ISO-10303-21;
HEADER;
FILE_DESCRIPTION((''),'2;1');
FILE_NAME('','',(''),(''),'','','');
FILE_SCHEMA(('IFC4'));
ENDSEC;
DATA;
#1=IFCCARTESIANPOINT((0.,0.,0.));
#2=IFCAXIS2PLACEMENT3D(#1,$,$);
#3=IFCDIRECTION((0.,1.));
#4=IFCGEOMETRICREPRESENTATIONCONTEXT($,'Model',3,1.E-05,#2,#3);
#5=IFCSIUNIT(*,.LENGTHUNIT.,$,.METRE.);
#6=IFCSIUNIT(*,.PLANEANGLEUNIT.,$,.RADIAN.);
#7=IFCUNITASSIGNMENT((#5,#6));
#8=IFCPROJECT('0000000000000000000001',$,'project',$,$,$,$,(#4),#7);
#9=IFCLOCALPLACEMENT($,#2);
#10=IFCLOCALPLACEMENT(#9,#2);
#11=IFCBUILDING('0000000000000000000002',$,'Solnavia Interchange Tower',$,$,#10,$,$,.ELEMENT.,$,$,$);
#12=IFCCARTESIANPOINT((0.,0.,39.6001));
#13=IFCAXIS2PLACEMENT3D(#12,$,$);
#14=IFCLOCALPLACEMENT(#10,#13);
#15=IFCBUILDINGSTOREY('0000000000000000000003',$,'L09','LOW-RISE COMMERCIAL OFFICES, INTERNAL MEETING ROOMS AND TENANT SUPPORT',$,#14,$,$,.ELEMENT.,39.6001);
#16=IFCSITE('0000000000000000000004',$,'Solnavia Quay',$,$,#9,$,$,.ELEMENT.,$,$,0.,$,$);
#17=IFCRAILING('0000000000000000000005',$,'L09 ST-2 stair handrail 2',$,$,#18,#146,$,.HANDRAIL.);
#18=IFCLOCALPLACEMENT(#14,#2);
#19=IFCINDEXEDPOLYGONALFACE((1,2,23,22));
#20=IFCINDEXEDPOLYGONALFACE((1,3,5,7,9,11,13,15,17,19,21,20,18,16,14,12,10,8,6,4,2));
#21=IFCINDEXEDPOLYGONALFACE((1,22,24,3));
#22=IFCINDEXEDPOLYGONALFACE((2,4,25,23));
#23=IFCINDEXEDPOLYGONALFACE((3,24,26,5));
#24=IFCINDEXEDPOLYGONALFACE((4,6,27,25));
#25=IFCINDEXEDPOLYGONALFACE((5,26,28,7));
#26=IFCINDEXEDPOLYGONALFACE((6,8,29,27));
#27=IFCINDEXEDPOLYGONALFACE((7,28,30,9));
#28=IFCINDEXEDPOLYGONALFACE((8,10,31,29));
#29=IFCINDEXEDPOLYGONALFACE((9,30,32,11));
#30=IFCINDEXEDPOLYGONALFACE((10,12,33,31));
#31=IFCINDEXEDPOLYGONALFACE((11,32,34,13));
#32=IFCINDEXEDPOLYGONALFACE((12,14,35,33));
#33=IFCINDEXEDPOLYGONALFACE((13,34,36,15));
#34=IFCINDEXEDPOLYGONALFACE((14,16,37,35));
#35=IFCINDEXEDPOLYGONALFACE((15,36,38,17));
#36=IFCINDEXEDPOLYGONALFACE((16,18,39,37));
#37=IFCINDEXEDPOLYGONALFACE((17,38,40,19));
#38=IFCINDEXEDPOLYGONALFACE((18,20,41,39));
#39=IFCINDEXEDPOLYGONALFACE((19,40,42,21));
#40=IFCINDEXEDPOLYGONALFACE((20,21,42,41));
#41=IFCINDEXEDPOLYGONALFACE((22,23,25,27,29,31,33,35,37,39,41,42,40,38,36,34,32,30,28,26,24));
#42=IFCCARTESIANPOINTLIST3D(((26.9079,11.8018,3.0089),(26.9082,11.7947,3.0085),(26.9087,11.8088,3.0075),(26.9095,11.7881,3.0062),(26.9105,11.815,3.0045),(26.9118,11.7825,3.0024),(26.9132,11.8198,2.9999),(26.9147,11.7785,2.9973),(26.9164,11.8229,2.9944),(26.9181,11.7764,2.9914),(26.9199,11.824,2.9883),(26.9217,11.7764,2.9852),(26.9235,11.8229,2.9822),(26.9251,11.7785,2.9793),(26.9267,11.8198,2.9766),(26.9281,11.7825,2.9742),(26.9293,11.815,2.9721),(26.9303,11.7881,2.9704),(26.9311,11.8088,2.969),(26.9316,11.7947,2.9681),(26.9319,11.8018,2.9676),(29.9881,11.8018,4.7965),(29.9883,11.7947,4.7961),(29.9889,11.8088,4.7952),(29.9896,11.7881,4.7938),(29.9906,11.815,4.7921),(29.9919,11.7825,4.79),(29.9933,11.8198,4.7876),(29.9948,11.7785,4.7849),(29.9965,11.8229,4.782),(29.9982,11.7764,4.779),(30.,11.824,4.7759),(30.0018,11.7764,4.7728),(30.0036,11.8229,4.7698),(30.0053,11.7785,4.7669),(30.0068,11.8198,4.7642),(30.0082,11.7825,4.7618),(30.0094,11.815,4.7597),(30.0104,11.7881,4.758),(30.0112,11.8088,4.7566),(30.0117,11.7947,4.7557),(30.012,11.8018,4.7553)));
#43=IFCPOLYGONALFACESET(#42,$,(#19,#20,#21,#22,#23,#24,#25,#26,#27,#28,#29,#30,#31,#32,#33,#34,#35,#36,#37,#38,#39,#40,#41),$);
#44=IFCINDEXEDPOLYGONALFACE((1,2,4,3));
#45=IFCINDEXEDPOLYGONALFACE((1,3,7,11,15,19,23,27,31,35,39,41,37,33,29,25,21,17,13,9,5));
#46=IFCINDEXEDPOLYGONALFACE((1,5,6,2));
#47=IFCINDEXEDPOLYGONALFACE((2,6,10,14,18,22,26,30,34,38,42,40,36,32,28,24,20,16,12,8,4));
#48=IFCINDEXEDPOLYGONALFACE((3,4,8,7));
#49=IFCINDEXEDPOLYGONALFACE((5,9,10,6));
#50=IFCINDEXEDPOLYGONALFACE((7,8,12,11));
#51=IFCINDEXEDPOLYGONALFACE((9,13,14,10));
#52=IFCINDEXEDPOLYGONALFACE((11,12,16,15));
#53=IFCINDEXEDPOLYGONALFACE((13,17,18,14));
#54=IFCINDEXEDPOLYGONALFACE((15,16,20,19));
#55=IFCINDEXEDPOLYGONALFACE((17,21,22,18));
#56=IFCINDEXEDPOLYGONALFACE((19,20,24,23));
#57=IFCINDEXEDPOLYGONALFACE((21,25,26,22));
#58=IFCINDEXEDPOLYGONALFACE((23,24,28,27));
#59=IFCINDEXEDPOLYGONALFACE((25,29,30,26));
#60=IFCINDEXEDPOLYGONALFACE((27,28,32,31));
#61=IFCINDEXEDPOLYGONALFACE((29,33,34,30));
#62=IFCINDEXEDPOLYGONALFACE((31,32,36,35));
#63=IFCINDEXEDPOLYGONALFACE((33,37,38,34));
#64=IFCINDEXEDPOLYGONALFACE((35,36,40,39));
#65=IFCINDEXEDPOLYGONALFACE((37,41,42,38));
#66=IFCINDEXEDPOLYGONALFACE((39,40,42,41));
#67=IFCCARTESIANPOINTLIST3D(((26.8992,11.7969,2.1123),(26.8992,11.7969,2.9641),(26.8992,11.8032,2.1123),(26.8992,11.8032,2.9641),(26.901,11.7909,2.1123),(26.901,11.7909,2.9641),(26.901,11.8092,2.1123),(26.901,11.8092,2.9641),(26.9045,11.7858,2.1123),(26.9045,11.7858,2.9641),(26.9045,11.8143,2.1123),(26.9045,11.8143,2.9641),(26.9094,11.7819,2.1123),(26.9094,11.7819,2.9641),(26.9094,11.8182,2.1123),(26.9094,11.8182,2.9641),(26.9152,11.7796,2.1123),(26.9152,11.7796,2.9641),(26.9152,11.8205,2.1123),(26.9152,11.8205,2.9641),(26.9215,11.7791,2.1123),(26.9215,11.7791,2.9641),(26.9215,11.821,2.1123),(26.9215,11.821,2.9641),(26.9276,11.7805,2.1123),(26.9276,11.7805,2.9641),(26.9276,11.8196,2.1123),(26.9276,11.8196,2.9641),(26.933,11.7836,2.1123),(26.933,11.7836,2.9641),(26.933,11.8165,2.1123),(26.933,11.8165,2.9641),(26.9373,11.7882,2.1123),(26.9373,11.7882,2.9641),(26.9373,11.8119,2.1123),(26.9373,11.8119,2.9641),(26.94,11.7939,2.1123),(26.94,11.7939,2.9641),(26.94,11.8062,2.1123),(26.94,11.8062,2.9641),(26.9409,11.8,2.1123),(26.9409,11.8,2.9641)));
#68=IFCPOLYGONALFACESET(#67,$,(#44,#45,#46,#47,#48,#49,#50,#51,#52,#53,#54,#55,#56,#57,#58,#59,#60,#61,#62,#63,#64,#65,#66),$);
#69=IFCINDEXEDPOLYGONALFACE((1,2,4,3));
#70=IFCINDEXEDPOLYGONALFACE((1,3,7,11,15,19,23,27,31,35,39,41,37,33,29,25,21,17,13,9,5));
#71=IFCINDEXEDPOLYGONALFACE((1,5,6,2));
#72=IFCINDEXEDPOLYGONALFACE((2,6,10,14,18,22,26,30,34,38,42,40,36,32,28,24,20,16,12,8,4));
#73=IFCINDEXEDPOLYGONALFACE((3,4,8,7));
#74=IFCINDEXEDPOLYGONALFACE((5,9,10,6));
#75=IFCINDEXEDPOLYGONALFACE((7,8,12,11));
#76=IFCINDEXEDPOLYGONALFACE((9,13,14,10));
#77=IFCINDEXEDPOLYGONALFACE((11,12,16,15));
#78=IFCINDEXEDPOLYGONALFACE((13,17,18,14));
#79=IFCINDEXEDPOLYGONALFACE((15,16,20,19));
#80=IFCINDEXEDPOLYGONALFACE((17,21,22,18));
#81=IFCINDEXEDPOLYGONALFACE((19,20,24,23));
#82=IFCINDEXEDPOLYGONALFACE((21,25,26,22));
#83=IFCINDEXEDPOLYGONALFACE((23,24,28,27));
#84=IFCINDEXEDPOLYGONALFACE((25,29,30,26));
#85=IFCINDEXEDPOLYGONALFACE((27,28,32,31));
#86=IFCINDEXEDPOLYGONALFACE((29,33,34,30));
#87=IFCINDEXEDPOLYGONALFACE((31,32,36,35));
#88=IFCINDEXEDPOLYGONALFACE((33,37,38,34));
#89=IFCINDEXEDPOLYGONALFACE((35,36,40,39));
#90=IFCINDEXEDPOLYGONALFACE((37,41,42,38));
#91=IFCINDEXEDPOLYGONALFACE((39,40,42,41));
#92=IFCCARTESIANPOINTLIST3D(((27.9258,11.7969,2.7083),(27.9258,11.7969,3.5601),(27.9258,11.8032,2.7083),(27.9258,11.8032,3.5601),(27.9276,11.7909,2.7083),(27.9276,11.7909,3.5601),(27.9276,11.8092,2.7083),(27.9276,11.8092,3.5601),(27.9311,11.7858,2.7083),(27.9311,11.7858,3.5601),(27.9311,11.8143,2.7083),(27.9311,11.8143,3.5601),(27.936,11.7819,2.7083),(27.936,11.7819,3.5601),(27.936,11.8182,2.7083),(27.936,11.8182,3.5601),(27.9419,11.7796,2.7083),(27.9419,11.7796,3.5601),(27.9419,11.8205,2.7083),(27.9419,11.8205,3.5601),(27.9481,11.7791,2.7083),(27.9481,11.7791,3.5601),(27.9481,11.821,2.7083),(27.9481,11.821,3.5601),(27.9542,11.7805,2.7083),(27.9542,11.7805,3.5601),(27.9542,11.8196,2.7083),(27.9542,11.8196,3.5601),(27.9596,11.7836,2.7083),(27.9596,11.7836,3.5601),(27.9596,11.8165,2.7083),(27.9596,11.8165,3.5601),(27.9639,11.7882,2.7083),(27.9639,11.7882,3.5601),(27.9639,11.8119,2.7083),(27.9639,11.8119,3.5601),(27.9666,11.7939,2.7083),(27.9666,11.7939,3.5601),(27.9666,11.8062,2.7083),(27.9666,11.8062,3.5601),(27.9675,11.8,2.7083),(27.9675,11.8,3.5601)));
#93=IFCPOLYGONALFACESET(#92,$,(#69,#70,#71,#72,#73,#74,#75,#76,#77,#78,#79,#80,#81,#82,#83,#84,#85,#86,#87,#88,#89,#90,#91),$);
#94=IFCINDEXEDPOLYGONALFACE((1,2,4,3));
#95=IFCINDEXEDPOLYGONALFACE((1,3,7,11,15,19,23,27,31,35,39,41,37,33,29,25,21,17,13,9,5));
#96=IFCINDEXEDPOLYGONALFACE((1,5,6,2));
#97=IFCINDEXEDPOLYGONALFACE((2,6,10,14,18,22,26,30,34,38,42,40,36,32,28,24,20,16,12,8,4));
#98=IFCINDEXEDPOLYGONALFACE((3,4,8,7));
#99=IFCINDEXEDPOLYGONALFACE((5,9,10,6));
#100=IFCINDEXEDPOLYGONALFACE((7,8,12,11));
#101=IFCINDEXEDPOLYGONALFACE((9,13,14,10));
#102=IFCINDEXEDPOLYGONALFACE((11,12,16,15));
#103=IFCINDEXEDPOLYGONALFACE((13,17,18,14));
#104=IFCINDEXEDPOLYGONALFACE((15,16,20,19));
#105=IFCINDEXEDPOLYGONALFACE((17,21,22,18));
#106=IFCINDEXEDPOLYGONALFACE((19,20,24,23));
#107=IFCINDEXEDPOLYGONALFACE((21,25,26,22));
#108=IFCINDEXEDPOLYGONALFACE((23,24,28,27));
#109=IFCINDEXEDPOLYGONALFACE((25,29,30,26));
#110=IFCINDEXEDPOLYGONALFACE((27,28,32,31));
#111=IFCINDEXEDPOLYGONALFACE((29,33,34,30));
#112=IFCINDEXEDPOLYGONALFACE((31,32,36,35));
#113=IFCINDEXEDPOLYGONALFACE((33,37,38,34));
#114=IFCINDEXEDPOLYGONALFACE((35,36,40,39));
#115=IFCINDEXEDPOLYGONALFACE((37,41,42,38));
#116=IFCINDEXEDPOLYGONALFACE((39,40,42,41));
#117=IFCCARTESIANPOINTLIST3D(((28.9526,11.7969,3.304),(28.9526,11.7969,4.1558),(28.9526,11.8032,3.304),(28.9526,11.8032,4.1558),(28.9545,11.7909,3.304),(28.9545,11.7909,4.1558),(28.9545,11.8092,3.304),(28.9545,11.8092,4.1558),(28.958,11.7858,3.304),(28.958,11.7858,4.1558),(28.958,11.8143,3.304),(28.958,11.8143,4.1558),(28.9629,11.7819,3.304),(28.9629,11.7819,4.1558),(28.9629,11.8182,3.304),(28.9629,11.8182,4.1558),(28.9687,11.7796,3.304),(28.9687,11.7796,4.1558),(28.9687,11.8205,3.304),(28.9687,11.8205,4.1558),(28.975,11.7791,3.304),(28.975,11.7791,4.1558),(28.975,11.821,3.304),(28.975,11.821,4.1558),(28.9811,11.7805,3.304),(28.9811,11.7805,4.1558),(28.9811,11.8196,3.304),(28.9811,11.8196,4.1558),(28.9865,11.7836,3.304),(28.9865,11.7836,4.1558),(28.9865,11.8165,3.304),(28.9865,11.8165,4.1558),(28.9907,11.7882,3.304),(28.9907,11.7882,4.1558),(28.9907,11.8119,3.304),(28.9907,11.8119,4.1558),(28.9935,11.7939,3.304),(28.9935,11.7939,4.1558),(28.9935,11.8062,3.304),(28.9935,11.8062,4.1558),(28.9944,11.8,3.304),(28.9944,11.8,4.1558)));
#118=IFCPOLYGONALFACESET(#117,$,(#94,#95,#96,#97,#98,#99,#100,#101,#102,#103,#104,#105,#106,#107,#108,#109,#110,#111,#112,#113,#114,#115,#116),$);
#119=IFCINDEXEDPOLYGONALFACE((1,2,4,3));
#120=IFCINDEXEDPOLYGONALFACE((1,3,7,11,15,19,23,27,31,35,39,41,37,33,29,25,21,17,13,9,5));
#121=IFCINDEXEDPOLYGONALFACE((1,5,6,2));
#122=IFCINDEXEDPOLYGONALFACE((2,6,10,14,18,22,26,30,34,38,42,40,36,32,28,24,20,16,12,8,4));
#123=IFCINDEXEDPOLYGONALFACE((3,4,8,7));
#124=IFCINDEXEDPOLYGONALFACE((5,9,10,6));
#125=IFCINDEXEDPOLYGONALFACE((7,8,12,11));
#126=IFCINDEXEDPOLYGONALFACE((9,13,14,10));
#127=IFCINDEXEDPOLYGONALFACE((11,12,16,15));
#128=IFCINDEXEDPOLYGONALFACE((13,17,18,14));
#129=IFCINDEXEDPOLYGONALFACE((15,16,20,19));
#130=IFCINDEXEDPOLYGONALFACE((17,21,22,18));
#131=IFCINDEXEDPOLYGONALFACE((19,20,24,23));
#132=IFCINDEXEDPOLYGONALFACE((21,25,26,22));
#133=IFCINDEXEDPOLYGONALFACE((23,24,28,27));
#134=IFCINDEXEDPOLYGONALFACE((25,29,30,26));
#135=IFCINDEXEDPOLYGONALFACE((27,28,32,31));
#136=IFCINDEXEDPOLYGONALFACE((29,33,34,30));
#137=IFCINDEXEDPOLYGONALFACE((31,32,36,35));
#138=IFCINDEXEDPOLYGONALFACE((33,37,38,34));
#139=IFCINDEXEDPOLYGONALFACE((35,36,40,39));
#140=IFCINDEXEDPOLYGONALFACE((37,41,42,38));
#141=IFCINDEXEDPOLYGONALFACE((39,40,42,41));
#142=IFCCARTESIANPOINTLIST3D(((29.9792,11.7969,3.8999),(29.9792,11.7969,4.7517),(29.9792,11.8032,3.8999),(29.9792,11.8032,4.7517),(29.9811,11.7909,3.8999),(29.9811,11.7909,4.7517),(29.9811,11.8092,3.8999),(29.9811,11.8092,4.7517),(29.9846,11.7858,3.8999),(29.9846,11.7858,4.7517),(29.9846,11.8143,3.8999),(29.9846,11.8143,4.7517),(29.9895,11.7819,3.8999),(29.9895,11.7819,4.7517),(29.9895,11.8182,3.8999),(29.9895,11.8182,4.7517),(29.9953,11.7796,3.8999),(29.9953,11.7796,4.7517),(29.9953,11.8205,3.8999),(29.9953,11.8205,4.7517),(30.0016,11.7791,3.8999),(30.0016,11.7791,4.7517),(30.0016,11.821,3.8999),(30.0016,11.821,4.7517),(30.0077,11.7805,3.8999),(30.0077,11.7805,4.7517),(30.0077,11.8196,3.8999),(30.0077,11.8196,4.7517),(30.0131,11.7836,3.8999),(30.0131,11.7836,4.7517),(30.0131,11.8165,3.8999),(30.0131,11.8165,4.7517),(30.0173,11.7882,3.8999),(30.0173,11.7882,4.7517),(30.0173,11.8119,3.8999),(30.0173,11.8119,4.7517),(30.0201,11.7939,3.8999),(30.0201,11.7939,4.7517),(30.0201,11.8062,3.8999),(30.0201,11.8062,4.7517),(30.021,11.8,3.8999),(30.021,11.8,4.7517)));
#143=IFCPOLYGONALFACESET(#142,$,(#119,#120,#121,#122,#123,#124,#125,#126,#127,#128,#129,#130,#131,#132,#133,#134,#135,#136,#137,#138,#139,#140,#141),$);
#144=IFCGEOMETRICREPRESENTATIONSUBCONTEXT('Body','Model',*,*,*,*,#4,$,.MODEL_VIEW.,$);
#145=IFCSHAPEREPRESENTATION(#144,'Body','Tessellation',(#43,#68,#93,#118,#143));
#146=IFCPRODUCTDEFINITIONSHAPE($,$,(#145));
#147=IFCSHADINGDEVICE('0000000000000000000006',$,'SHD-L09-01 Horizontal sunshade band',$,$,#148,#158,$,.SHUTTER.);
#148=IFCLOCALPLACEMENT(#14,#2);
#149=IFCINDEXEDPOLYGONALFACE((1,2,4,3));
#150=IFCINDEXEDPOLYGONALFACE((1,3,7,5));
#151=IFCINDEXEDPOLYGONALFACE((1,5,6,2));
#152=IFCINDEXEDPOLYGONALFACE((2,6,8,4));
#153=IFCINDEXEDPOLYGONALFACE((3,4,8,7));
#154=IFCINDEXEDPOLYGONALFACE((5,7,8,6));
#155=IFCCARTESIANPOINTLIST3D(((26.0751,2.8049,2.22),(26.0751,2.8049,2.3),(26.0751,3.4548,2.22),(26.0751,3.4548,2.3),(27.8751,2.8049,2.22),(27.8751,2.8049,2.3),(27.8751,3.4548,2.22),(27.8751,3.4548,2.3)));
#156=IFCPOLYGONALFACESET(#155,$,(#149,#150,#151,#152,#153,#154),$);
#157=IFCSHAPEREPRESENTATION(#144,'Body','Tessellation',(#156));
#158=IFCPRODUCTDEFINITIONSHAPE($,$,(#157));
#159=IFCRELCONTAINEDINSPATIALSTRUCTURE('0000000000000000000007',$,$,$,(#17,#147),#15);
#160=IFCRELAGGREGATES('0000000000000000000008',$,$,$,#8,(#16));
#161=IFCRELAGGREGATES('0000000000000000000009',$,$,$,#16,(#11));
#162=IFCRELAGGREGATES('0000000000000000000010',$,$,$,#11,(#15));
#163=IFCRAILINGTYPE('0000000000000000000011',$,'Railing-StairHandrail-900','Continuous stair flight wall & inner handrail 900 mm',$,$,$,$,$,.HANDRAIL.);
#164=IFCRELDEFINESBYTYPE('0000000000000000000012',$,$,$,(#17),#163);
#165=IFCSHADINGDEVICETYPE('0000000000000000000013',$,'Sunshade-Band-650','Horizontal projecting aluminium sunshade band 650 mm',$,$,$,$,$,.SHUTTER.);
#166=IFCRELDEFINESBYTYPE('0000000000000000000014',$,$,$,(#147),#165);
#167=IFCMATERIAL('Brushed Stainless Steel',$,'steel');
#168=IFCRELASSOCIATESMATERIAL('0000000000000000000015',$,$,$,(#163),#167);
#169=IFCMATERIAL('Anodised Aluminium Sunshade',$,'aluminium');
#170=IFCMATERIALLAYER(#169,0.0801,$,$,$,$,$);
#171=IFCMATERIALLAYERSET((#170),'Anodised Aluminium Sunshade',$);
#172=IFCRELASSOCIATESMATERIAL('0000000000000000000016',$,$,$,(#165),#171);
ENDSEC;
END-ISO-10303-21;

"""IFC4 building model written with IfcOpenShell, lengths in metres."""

from ifc_helpers import new_model, si_unit, direction, frame, origin, origin_2d, place, context, subcontext, project, spatial, rectangle, circle, extrude, material, layer, layer_set, type_object, element, save


model = new_model("IFC4")

# Units and contexts
model_context = context("Model", 3, precision=1e-05, world=origin(), true_north=direction((0.0, 1.0)))
body_context = subcontext(model_context, "Body", "Model", "MODEL_VIEW")
ifc_project = project(units=[si_unit("LENGTHUNIT", "METRE"), si_unit("PLANEANGLEUNIT", "RADIAN")], contexts=[model_context])

# Site, building, storey
site_placement = place(None, origin())
site = spatial("IfcSite", under=ifc_project, at=site_placement, Name="Solnavia Quay", CompositionType="ELEMENT", RefElevation=0.0)
building_placement = place(site_placement, origin())
building = spatial("IfcBuilding", under=site, at=building_placement, Name="Solnavia Interchange Tower", CompositionType="ELEMENT")
storey_placement = place(building_placement, frame((0.0, 0.0, 39.6001)))
storey = spatial("IfcBuildingStorey", under=building, at=storey_placement, Name="L09", Description="LOW-RISE COMMERCIAL OFFICES, INTERNAL MEETING ROOMS AND TENANT SUPPORT", CompositionType="ELEMENT", Elevation=39.6001)

# Railing
ifc_material_1 = material(Name="Brushed Stainless Steel", Category="steel")
railing_type_1 = type_object("IfcRailingType", Name="Railing-StairHandrail-900", Description="Continuous stair flight wall & inner handrail 900 mm", PredefinedType="HANDRAIL", material=ifc_material_1)
railing_1_placement = place(storey_placement, frame((26.9199, 11.8, 2.1123)))
element("IfcRailing", 1, at=railing_1_placement, inside=storey, type_object=railing_type_1, Name="L09 ST-2 stair handrail 2", PredefinedType="HANDRAIL", context=body_context, shape_type="SweptSolid", body=[
    extrude(circle(Radius=0.0239, at=origin_2d()), frame((0.0, 0.0, 0.876), z_axis=(0.864891, 0.0, 0.50196), x_axis=(0.0, 1.0, 0.0)), (0.0, 0.0, 1.0), 3.5613),
    extrude(circle(Radius=0.021, at=origin_2d()), origin(), (0.0, 0.0, 1.0), 0.8518),
    extrude(circle(Radius=0.021, at=origin_2d()), frame((1.0266, 0.0, 0.5959)), (0.0, 0.0, 1.0), 0.8518),
    extrude(circle(Radius=0.021, at=origin_2d()), frame((2.0535, 0.0, 1.1917)), (0.0, 0.0, 1.0), 0.8518),
    extrude(circle(Radius=0.021, at=origin_2d()), frame((3.0801, 0.0, 1.7876)), (0.0, 0.0, 1.0), 0.8518),
])

# Shading device
ifc_material_2 = material(Name="Anodised Aluminium Sunshade", Category="aluminium")
ifc_layer_1 = layer(ifc_material_2, 0.0801)
ifc_layer_set_1 = layer_set([ifc_layer_1], Name="Anodised Aluminium Sunshade")
shading_device_type = type_object("IfcShadingDeviceType", Name="Sunshade-Band-650", Description="Horizontal projecting aluminium sunshade band 650 mm", PredefinedType="SHUTTER", material=ifc_layer_set_1)
shading_device_placement = place(storey_placement, frame((26.9751, 3.1299, 2.22), z_axis=(0.0, 0.0, 1.0), x_axis=(-1.0, 0.0, 0.0)))
element("IfcShadingDevice", 2, at=shading_device_placement, inside=storey, type_object=shading_device_type, Name="SHD-L09-01 Horizontal sunshade band", PredefinedType="SHUTTER", context=body_context, shape_type="SweptSolid", body=[
    extrude(rectangle(XDim=1.8, YDim=0.6499, at=origin_2d()), origin(), (0.0, 0.0, 1.0), 0.0801),
])

save(model, "model.ifc")
